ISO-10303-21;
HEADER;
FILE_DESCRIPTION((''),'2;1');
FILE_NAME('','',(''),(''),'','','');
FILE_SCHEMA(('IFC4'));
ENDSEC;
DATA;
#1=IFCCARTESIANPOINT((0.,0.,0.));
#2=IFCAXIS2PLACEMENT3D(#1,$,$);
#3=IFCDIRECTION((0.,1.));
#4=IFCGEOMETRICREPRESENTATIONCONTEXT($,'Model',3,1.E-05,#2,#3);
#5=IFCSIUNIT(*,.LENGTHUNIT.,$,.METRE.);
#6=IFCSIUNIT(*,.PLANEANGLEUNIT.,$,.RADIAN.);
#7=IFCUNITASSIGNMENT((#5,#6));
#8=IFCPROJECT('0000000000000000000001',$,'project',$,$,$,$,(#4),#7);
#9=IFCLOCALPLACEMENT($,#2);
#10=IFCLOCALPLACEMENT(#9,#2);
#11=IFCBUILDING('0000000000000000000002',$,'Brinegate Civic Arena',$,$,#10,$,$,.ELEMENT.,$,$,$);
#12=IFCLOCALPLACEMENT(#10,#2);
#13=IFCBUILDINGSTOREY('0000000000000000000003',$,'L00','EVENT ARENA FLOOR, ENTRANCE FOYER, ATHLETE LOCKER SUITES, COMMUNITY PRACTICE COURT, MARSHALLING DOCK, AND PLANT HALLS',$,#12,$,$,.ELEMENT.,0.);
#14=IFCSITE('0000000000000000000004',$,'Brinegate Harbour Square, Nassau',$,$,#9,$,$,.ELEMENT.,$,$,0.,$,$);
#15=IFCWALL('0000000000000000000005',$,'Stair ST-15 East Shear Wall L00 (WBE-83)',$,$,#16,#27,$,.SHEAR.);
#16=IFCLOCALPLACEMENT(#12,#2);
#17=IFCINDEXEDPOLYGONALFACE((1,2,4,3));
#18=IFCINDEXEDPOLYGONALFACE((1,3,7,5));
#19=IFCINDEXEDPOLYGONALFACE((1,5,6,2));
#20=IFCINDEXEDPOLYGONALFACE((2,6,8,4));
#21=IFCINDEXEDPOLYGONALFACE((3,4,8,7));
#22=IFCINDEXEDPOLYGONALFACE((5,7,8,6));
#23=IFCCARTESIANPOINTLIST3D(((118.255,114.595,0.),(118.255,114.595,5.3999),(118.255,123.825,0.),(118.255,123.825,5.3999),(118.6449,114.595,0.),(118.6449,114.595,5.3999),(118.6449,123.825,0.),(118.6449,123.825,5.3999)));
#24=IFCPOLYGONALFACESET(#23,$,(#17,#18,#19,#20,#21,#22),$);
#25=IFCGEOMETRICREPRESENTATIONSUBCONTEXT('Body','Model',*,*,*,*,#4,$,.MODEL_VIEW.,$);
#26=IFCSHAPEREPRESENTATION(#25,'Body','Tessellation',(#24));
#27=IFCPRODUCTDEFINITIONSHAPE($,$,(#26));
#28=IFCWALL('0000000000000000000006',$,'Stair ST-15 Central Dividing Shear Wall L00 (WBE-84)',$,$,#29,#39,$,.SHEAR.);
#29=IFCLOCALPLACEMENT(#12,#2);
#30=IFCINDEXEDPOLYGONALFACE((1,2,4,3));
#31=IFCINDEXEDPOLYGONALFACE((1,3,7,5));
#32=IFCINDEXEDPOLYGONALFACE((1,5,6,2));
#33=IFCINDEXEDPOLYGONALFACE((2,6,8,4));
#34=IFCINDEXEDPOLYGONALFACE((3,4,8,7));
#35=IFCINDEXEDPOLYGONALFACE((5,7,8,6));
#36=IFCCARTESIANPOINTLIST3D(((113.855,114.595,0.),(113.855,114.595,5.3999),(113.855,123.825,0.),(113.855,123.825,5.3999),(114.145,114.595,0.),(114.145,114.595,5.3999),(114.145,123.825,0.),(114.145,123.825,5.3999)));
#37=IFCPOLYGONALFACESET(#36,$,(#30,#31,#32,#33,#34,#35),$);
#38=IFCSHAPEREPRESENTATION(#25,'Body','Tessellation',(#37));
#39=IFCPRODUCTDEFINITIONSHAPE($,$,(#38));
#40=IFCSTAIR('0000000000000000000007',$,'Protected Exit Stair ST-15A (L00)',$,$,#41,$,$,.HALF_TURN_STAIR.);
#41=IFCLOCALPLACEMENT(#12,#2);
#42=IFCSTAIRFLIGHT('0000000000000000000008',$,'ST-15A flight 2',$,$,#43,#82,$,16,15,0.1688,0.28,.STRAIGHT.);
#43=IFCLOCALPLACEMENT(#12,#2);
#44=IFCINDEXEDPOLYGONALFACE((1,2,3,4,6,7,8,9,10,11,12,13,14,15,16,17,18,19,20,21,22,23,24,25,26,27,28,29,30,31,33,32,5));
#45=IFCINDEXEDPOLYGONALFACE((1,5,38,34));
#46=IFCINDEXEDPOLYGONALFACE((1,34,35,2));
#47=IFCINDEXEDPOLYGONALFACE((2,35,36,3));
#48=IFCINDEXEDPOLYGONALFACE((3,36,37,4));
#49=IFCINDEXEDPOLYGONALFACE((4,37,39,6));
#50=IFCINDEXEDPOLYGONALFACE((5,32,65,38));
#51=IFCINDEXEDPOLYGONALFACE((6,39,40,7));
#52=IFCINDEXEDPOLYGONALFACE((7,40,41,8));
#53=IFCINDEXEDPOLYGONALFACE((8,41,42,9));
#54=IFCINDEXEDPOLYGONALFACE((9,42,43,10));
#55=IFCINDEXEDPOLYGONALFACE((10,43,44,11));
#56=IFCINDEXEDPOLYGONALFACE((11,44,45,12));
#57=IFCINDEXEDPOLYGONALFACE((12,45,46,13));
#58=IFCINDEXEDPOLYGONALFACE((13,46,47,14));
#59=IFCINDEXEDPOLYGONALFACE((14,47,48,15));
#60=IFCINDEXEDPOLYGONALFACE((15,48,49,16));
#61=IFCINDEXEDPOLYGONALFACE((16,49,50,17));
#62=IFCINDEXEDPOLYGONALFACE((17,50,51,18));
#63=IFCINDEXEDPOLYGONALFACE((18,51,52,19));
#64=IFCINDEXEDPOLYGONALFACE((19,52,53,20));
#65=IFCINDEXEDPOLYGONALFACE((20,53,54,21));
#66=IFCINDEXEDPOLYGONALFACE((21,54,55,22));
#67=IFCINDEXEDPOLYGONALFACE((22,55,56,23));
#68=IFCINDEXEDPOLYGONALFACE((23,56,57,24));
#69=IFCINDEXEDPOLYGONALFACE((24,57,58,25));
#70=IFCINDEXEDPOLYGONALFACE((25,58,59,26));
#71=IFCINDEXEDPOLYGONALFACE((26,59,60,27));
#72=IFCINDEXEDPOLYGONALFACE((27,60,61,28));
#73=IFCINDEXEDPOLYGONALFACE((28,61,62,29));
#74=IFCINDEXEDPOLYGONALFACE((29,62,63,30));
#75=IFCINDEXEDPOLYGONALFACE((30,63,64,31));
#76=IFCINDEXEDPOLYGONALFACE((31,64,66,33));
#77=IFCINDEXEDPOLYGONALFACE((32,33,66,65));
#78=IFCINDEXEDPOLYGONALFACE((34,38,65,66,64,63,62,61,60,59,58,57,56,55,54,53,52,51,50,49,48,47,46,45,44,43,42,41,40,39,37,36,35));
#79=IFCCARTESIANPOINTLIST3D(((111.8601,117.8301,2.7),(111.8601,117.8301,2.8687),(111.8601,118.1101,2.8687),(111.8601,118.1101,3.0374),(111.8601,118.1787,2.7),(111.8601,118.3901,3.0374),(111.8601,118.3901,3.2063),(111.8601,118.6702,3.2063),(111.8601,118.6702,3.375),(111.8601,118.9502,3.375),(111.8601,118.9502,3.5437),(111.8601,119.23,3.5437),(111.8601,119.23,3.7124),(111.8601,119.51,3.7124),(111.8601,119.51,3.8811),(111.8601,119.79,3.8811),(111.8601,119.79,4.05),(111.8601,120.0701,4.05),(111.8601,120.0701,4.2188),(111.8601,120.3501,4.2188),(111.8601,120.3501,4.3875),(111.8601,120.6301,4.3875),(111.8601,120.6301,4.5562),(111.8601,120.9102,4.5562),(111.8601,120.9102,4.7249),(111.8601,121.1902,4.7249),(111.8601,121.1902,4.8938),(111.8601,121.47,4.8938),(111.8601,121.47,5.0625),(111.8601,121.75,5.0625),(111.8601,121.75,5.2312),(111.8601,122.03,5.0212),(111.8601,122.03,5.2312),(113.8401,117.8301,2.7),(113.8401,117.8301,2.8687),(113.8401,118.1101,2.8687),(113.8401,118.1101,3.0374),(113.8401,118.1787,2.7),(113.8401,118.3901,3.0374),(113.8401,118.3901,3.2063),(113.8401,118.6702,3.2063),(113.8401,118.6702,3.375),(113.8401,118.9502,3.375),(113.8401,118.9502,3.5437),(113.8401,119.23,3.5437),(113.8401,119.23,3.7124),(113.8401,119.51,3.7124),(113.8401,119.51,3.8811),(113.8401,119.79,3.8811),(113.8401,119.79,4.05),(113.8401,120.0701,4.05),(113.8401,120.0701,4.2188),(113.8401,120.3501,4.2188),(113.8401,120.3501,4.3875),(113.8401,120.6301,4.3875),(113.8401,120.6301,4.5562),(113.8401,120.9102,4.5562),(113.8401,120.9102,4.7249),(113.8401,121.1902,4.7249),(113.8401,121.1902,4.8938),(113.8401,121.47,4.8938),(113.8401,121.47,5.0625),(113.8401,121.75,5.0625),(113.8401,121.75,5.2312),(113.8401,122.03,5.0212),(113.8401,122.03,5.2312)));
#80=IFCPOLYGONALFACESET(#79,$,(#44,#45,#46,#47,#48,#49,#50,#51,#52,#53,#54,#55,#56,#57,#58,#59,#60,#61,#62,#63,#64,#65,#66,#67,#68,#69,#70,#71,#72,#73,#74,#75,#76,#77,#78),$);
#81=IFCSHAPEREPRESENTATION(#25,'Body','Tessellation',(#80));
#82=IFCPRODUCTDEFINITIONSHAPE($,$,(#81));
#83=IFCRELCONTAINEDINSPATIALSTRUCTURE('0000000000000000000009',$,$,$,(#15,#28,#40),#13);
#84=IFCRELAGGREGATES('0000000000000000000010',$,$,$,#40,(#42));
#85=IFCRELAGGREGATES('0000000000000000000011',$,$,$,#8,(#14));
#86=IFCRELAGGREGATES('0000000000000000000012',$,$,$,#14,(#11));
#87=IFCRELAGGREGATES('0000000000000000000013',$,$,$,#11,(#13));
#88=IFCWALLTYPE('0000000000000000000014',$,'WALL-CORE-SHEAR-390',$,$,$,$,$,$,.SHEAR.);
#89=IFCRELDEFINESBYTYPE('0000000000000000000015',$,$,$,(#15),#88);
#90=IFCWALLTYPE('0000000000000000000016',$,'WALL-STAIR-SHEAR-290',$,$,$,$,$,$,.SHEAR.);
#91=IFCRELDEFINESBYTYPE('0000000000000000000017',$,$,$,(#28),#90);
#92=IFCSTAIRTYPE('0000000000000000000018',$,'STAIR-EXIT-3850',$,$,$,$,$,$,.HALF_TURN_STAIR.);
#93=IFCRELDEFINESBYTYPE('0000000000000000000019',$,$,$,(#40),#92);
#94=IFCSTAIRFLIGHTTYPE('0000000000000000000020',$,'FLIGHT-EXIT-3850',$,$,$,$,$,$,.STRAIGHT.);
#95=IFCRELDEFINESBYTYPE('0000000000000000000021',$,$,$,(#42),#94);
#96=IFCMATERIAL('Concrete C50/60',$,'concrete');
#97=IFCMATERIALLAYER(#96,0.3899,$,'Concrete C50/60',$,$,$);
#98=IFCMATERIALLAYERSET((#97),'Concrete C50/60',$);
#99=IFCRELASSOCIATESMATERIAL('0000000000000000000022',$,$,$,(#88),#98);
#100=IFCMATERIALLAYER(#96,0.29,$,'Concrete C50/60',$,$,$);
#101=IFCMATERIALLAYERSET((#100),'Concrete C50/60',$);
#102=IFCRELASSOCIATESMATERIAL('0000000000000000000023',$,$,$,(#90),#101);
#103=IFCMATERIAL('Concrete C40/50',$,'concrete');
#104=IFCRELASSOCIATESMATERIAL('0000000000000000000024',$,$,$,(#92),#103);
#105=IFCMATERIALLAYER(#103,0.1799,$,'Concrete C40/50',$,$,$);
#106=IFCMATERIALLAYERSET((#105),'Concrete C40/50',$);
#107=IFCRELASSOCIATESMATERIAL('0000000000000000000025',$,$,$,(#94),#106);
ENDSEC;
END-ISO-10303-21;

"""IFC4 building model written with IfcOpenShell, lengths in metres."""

from ifc_helpers import new_model, si_unit, direction, frame, frame_2d, origin, place, context, subcontext, project, spatial, polyline, rectangle, outline, extrude, material, layer, layer_set, type_object, element, aggregate, save


model = new_model("IFC4")

# Units and contexts
model_context = context("Model", 3, precision=1e-05, world=origin(), true_north=direction((0.0, 1.0)))
body_context = subcontext(model_context, "Body", "Model", "MODEL_VIEW")
ifc_project = project(units=[si_unit("LENGTHUNIT", "METRE"), si_unit("PLANEANGLEUNIT", "RADIAN")], contexts=[model_context])

# Site, building, storey
site_placement = place(None, origin())
site = spatial("IfcSite", under=ifc_project, at=site_placement, Name="Brinegate Harbour Square, Nassau", CompositionType="ELEMENT", RefElevation=0.0)
building_placement = place(site_placement, origin())
building = spatial("IfcBuilding", under=site, at=building_placement, Name="Brinegate Civic Arena", CompositionType="ELEMENT")
storey_placement = place(building_placement, origin())
storey = spatial("IfcBuildingStorey", under=building, at=storey_placement, Name="L00", Description="EVENT ARENA FLOOR, ENTRANCE FOYER, ATHLETE LOCKER SUITES, COMMUNITY PRACTICE COURT, MARSHALLING DOCK, AND PLANT HALLS", CompositionType="ELEMENT", Elevation=0.0)

# Shared definitions
ifc_material_1 = material(Name="Concrete C40/50", Category="concrete")

# Shared definitions
ifc_material_2 = material(Name="Concrete C50/60", Category="concrete")

# Walls
ifc_layer_1 = layer(ifc_material_2, 0.3899, Name="Concrete C50/60")
ifc_layer_set_1 = layer_set([ifc_layer_1], Name="Concrete C50/60")
wall_type_1 = type_object("IfcWallType", Name="WALL-CORE-SHEAR-390", PredefinedType="SHEAR", material=ifc_layer_set_1)
for number, where, z_axis, x_axis, name in (
    (1, (118.45, 114.595, 0.0), (0.0, 0.0, 1.0), (0.0, 1.0, 0.0), "Stair ST-15 East Shear Wall L00 (WBE-83)"),
):
    element("IfcWall", number, at=place(storey_placement, frame(where, z_axis=z_axis, x_axis=x_axis)), inside=storey, type_object=wall_type_1, Name=name, PredefinedType="SHEAR", context=body_context, shape_type="SweptSolid", body=[
        extrude(rectangle(XDim=9.23, YDim=0.3899, at=frame_2d((4.615, 0.0))), origin(), (0.0, 0.0, 1.0), 5.3999),
    ])
ifc_layer_2 = layer(ifc_material_2, 0.29, Name="Concrete C50/60")
ifc_layer_set_2 = layer_set([ifc_layer_2], Name="Concrete C50/60")
wall_type_2 = type_object("IfcWallType", Name="WALL-STAIR-SHEAR-290", PredefinedType="SHEAR", material=ifc_layer_set_2)
wall_1_placement = place(storey_placement, frame((114.0, 114.595, 0.0), z_axis=(0.0, 0.0, 1.0), x_axis=(0.0, 1.0, 0.0)))
element("IfcWall", 2, at=wall_1_placement, inside=storey, type_object=wall_type_2, Name="Stair ST-15 Central Dividing Shear Wall L00 (WBE-84)", PredefinedType="SHEAR", context=body_context, shape_type="SweptSolid", body=[
    extrude(rectangle(XDim=9.23, YDim=0.29, at=frame_2d((4.615, 0.0))), origin(), (0.0, 0.0, 1.0), 5.3999),
])

# Stair, stair flight
stair_type = type_object("IfcStairType", Name="STAIR-EXIT-3850", PredefinedType="HALF_TURN_STAIR", material=ifc_material_1)
stair_placement = place(storey_placement, origin())
stair = element("IfcStair", 3, at=stair_placement, inside=storey, type_object=stair_type, Name="Protected Exit Stair ST-15A (L00)", PredefinedType="HALF_TURN_STAIR")
ifc_layer_3 = layer(ifc_material_1, 0.1799, Name="Concrete C40/50")
ifc_layer_set_3 = layer_set([ifc_layer_3], Name="Concrete C40/50")
stair_flight_type = type_object("IfcStairFlightType", Name="FLIGHT-EXIT-3850", PredefinedType="STRAIGHT", material=ifc_layer_set_3)
stair_flight_placement = place(storey_placement, frame((112.8501, 117.8301, 2.7), z_axis=(0.0, 0.0, 1.0), x_axis=(0.0, 1.0, 0.0)))
stair_flight = element("IfcStairFlight", 4, at=stair_flight_placement, type_object=stair_flight_type, Name="ST-15A flight 2", NumberOfRisers=16, NumberOfTreads=15, PredefinedType="STRAIGHT", RiserHeight=0.1688, TreadLength=0.28, context=body_context, shape_type="SweptSolid", body=[
    extrude(outline(polyline([(0.0, 0.0), (0.0, 0.1687), (0.28, 0.1687), (0.28, 0.3374), (0.5601, 0.3374), (0.5601, 0.5063), (0.8401, 0.5063), (0.8401, 0.675), (1.1201, 0.675), (1.1201, 0.8438), (1.3999, 0.8438), (1.3999, 1.0125), (1.6799, 1.0125), (1.6799, 1.1812), (1.96, 1.1812), (1.96, 1.3501), (2.24, 1.3501), (2.24, 1.5188), (2.52, 1.5188), (2.52, 1.6875), (2.8, 1.6875), (2.8, 1.8562), (3.0801, 1.8562), (3.0801, 2.0249), (3.3601, 2.0249), (3.3601, 2.1938), (3.6399, 2.1938), (3.6399, 2.3625), (3.9199, 2.3625), (3.9199, 2.5312), (4.2, 2.5312), (4.2, 2.7), (4.2, 2.3213), (0.3486, 0.0), (0.0, 0.0)])), frame((0.0, 0.99, 0.0), z_axis=(0.0, -1.0, 0.0), x_axis=(1.0, 0.0, 0.0)), (0.0, 0.0, 1.0), 1.98),
])
aggregate(stair, [stair_flight])

save(model, "model.ifc")
